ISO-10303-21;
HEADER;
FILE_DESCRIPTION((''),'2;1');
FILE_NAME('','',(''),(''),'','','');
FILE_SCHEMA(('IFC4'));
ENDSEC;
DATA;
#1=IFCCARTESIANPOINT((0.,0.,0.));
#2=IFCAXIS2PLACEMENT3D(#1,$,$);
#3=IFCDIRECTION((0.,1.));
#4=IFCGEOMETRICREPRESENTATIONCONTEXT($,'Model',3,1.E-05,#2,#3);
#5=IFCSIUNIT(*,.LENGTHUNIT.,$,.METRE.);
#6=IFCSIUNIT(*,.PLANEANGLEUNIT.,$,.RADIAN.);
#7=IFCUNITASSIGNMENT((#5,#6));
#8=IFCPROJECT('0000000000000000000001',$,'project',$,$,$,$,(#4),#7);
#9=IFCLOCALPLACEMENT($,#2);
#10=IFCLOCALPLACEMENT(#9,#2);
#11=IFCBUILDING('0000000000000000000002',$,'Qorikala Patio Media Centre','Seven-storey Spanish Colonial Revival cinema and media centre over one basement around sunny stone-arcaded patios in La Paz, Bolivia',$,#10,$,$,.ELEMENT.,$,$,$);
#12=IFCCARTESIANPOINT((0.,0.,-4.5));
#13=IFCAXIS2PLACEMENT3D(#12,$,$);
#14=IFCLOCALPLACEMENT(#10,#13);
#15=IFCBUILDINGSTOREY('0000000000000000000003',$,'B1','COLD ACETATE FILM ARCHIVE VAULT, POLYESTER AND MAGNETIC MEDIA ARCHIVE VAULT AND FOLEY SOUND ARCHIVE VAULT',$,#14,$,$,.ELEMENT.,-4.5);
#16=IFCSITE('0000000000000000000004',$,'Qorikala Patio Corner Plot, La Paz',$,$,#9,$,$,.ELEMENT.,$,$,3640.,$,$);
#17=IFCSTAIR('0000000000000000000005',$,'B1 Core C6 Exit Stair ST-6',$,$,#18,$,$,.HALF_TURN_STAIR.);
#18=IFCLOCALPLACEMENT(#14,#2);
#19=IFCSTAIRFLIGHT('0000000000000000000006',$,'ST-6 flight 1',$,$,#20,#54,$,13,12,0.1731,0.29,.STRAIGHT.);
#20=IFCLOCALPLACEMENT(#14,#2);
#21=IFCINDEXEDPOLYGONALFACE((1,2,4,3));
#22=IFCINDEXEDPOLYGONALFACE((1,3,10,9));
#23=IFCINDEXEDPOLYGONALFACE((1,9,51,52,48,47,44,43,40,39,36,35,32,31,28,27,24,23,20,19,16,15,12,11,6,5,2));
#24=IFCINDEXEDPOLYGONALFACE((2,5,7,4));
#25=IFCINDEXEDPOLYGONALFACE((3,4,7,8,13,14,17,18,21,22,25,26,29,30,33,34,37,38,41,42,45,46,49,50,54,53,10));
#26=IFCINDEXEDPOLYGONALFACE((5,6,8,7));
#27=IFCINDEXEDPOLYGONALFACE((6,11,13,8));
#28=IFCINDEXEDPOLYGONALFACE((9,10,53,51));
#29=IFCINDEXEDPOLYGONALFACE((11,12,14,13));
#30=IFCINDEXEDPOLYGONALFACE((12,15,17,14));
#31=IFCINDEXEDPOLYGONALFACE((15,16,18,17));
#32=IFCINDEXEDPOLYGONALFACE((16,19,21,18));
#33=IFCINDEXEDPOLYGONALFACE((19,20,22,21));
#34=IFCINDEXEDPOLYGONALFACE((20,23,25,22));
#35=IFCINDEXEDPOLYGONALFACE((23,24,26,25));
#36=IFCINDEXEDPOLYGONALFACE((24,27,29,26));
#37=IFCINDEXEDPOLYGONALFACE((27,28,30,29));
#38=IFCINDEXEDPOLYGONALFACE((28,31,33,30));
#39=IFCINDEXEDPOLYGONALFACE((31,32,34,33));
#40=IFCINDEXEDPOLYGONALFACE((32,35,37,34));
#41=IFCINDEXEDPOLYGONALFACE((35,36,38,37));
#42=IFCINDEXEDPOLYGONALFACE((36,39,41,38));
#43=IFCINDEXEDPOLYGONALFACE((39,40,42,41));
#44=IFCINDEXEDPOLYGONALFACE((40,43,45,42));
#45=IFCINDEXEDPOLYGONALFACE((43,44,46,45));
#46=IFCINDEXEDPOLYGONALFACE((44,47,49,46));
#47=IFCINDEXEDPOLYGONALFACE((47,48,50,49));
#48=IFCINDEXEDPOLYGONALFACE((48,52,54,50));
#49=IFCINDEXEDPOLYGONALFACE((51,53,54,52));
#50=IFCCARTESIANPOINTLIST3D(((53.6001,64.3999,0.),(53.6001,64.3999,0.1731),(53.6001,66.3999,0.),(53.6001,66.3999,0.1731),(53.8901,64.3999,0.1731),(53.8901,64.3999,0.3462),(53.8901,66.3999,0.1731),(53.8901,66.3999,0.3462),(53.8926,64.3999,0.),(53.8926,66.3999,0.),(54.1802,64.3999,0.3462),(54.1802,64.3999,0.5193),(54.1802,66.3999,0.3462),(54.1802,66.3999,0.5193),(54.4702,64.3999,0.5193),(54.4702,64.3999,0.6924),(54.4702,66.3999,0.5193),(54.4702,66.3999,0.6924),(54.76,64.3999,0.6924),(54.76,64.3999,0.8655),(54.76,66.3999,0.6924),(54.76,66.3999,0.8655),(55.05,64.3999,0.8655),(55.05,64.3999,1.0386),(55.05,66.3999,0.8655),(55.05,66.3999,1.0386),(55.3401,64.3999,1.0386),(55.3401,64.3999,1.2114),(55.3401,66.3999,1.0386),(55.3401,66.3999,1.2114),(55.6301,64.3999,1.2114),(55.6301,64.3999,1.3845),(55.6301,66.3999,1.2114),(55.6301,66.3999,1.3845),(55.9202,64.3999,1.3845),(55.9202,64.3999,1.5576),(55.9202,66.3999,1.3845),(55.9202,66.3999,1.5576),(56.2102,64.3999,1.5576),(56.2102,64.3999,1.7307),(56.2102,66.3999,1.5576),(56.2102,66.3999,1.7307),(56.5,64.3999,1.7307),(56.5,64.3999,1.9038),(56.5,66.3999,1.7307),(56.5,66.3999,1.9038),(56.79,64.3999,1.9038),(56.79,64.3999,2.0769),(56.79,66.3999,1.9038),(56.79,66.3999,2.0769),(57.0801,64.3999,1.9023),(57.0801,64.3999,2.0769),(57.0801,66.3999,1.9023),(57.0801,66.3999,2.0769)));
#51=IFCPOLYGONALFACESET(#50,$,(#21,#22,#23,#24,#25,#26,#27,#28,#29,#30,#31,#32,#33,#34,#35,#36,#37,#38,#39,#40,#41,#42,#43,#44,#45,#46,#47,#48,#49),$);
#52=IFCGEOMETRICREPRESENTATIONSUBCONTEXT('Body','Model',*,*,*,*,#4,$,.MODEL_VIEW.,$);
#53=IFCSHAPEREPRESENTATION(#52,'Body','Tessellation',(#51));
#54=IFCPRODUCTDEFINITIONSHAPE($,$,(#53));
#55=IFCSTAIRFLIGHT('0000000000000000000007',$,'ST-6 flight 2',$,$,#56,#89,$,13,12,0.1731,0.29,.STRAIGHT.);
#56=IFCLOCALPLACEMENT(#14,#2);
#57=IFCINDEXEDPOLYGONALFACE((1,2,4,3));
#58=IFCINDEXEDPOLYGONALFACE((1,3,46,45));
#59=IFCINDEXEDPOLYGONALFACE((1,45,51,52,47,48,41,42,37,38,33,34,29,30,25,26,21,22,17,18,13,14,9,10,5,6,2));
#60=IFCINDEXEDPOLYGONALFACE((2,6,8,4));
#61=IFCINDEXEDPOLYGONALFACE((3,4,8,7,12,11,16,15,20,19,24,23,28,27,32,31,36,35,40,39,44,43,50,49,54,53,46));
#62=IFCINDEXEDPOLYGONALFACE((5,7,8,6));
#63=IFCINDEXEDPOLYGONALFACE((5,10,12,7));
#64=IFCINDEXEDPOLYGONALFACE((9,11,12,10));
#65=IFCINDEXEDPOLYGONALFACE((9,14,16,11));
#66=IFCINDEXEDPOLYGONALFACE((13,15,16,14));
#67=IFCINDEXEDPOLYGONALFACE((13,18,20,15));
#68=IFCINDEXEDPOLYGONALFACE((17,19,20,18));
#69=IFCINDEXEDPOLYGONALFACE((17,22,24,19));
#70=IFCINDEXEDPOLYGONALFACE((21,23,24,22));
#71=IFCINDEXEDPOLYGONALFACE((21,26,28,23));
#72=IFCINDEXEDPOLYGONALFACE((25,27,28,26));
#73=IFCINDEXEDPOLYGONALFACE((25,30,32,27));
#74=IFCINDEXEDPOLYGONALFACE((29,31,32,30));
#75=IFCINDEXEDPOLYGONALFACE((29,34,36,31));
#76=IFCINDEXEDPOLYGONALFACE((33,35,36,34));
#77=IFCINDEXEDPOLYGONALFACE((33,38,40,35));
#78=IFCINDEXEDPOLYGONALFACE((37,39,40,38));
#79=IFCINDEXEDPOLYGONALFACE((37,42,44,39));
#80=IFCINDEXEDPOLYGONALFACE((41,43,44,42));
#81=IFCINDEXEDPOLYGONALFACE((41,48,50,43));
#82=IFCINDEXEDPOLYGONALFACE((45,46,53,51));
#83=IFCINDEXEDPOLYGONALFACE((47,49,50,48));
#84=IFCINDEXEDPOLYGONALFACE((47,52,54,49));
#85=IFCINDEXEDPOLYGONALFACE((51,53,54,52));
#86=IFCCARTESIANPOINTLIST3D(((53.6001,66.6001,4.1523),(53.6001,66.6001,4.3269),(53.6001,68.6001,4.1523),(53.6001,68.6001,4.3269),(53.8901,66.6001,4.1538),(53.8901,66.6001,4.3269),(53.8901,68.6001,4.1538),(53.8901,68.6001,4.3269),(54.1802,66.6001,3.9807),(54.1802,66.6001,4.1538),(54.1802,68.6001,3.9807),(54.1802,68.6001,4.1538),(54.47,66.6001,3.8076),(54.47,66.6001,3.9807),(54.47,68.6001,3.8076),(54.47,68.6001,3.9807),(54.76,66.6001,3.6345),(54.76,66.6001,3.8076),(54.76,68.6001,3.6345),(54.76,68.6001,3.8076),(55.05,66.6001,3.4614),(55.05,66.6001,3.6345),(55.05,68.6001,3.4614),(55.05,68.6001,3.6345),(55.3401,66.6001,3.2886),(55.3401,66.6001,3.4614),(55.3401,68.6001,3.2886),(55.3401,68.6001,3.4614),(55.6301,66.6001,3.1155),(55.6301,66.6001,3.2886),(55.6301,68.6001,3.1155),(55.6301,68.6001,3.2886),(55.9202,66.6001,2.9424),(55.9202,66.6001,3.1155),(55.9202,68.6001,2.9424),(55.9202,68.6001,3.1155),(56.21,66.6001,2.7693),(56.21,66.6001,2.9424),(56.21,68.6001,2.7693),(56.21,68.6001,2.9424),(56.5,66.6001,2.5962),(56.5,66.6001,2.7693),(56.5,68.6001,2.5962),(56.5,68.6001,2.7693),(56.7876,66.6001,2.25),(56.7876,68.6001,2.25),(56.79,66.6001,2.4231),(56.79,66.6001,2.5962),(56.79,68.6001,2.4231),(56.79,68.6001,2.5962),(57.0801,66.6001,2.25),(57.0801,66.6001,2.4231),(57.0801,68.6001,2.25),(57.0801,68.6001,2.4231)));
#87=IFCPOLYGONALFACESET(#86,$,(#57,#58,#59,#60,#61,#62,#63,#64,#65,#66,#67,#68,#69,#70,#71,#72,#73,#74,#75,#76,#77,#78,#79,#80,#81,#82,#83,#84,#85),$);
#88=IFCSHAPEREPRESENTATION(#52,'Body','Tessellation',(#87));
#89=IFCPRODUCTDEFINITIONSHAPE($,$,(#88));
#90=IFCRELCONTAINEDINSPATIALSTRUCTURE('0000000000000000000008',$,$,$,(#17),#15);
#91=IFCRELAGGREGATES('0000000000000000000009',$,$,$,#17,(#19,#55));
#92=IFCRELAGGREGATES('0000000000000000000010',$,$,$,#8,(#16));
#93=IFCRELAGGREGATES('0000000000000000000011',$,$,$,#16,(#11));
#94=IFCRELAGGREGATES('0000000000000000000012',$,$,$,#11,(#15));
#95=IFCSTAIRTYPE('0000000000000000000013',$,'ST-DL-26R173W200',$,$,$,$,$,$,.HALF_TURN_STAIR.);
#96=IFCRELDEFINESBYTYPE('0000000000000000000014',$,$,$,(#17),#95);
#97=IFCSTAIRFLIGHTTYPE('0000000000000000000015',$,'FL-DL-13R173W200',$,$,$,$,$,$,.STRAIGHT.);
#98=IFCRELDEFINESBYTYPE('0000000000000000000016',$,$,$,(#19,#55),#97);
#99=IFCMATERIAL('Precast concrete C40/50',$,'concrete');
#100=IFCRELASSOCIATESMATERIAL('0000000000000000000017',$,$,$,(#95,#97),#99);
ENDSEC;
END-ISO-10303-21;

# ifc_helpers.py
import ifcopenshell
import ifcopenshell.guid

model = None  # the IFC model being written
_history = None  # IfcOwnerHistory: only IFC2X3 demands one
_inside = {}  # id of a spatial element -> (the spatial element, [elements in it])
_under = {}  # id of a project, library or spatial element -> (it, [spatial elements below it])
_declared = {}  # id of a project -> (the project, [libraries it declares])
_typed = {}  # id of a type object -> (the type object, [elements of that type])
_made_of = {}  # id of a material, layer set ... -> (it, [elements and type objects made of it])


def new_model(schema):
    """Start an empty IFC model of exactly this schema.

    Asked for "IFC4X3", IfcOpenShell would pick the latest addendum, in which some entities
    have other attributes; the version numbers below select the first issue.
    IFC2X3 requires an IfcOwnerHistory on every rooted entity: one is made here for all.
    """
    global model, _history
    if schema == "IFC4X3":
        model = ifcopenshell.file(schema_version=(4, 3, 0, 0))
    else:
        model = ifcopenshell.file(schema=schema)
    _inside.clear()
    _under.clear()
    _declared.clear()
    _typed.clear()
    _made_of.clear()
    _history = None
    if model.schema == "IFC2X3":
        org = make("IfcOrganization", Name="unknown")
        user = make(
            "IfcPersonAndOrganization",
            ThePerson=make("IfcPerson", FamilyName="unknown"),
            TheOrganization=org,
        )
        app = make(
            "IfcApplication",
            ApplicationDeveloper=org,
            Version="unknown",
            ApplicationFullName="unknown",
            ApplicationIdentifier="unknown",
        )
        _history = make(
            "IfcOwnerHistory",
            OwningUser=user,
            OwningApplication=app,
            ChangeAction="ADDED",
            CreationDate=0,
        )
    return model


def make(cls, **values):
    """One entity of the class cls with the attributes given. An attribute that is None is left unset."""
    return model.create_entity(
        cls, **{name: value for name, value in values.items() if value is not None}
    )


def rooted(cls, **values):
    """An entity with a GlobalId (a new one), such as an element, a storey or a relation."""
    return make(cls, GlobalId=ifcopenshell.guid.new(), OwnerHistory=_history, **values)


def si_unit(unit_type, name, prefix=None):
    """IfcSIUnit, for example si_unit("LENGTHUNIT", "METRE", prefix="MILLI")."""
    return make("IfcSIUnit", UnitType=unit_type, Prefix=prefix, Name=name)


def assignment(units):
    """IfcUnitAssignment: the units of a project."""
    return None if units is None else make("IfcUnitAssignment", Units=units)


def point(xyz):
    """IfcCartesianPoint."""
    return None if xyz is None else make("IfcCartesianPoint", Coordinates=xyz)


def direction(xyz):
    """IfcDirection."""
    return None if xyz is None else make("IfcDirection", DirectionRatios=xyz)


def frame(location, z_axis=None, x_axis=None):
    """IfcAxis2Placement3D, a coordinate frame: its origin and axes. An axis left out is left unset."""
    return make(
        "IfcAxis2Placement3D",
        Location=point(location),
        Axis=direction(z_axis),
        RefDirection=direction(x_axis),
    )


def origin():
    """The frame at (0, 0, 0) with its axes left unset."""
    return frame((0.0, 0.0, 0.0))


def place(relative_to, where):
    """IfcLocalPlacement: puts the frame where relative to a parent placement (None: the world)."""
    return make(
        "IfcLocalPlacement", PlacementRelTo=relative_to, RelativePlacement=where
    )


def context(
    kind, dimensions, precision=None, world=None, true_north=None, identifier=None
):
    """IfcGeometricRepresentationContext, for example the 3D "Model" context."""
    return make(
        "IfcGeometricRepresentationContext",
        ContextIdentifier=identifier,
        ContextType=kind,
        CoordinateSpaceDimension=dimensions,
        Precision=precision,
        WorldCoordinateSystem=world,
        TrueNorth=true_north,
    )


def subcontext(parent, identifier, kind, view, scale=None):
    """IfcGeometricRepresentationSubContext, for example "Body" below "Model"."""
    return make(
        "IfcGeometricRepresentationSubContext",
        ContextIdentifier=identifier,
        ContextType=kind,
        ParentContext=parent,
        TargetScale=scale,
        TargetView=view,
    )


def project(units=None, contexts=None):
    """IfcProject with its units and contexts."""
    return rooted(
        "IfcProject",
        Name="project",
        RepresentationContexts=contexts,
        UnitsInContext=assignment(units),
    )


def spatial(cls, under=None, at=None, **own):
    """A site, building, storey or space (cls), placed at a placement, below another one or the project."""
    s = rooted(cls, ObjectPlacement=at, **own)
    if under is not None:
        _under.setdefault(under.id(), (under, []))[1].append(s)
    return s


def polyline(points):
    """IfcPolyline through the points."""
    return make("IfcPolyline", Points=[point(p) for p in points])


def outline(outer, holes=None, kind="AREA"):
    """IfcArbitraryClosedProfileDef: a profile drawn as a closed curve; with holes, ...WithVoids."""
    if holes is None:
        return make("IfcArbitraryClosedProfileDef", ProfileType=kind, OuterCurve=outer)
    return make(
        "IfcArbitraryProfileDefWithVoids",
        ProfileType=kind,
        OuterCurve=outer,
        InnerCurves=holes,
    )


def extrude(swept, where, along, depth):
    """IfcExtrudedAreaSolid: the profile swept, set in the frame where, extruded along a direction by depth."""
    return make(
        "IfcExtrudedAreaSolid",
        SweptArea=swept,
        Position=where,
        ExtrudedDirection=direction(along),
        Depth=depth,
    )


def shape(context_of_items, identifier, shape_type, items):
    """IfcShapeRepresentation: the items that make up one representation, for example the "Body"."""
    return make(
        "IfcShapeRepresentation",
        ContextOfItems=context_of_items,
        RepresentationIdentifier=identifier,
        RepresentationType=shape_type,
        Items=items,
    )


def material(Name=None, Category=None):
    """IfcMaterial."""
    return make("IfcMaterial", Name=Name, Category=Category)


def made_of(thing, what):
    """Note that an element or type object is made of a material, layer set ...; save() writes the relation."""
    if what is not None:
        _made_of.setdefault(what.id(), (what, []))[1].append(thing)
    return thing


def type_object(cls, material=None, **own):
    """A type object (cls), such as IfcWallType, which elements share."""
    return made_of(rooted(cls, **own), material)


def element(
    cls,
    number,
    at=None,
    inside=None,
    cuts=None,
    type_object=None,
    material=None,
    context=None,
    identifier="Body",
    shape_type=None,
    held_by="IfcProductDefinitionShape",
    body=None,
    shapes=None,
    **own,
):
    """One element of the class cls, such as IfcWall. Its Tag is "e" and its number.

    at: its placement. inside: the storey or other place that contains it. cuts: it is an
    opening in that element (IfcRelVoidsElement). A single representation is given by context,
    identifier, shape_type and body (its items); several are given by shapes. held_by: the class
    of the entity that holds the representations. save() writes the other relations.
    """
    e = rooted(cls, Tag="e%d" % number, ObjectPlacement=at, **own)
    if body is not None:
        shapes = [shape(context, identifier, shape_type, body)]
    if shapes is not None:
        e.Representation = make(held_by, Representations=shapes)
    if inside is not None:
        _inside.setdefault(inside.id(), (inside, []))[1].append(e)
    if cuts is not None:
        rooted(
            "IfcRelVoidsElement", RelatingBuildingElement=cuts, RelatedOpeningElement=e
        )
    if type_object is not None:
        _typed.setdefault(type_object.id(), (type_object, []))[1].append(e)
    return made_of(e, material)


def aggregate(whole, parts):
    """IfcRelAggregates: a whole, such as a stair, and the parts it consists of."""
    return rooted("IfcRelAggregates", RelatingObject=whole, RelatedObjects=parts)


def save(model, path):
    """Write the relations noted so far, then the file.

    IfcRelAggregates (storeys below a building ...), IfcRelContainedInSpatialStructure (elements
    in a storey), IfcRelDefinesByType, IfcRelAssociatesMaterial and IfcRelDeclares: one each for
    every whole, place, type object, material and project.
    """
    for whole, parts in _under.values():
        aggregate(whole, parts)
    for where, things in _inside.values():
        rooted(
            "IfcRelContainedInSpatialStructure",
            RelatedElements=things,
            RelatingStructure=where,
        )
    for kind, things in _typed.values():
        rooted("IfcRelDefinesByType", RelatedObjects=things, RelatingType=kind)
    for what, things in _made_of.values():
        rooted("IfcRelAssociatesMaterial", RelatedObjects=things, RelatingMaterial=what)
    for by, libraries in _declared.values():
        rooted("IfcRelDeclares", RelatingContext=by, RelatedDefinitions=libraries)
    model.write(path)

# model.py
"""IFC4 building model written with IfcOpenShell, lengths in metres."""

from ifc_helpers import new_model, si_unit, direction, frame, origin, place, context, subcontext, project, spatial, polyline, outline, extrude, material, type_object, element, aggregate, save


model = new_model("IFC4")

# Units and contexts
model_context = context("Model", 3, precision=1e-05, world=origin(), true_north=direction((0.0, 1.0)))
body_context = subcontext(model_context, "Body", "Model", "MODEL_VIEW")
ifc_project = project(units=[si_unit("LENGTHUNIT", "METRE"), si_unit("PLANEANGLEUNIT", "RADIAN")], contexts=[model_context])

# Site, building, storey
site_placement = place(None, origin())
site = spatial("IfcSite", under=ifc_project, at=site_placement, Name="Qorikala Patio Corner Plot, La Paz", CompositionType="ELEMENT", RefElevation=3640.0)
building_placement = place(site_placement, origin())
building = spatial("IfcBuilding", under=site, at=building_placement, Name="Qorikala Patio Media Centre", Description="Seven-storey Spanish Colonial Revival cinema and media centre over one basement around sunny stone-arcaded patios in La Paz, Bolivia", CompositionType="ELEMENT")
storey_placement = place(building_placement, frame((0.0, 0.0, -4.5)))
storey = spatial("IfcBuildingStorey", under=building, at=storey_placement, Name="B1", Description="COLD ACETATE FILM ARCHIVE VAULT, POLYESTER AND MAGNETIC MEDIA ARCHIVE VAULT AND FOLEY SOUND ARCHIVE VAULT", CompositionType="ELEMENT", Elevation=-4.5)

# Stair, stair flights
ifc_material_1 = material(Name="Precast concrete C40/50", Category="concrete")
stair_type = type_object("IfcStairType", Name="ST-DL-26R173W200", PredefinedType="HALF_TURN_STAIR", material=ifc_material_1)
stair_placement = place(storey_placement, origin())
stair = element("IfcStair", 1, at=stair_placement, inside=storey, type_object=stair_type, Name="B1 Core C6 Exit Stair ST-6", PredefinedType="HALF_TURN_STAIR")
stair_flight_type = type_object("IfcStairFlightType", Name="FL-DL-13R173W200", PredefinedType="STRAIGHT", material=ifc_material_1)
stair_flight_1_placement = place(storey_placement, frame((53.6001, 65.3999, 0.0), z_axis=(0.0, 0.0, 1.0), x_axis=(1.0, 0.0, 0.0)))
stair_flight_1 = element("IfcStairFlight", 2, at=stair_flight_1_placement, type_object=stair_flight_type, Name="ST-6 flight 1", NumberOfRisers=13, NumberOfTreads=12, PredefinedType="STRAIGHT", RiserHeight=0.1731, TreadLength=0.29, context=body_context, shape_type="SweptSolid", body=[
    extrude(outline(polyline([(0.0, 0.0), (0.0, 0.1731), (0.29, 0.1731), (0.29, 0.3462), (0.5801, 0.3462), (0.5801, 0.5193), (0.8701, 0.5193), (0.8701, 0.6924), (1.1599, 0.6924), (1.1599, 0.8655), (1.45, 0.8655), (1.45, 1.0386), (1.74, 1.0386), (1.74, 1.2114), (2.03, 1.2114), (2.03, 1.3845), (2.3201, 1.3845), (2.3201, 1.5576), (2.6101, 1.5576), (2.6101, 1.7307), (2.8999, 1.7307), (2.8999, 1.9038), (3.1899, 1.9038), (3.1899, 2.0769), (3.48, 2.0769), (3.48, 2.25), (3.48, 1.9023), (0.2925, 0.0), (0.0, 0.0)])), frame((0.0, 1.0, 0.0), z_axis=(0.0, -1.0, 0.0), x_axis=(1.0, 0.0, 0.0)), (0.0, 0.0, 1.0), 2.0),
])
stair_flight_2_placement = place(storey_placement, frame((57.0801, 67.6001, 2.25), z_axis=(0.0, 0.0, 1.0), x_axis=(-1.0, 0.0, 0.0)))
stair_flight_2 = element("IfcStairFlight", 3, at=stair_flight_2_placement, type_object=stair_flight_type, Name="ST-6 flight 2", NumberOfRisers=13, NumberOfTreads=12, PredefinedType="STRAIGHT", RiserHeight=0.1731, TreadLength=0.29, context=body_context, shape_type="SweptSolid", body=[
    extrude(outline(polyline([(0.0, 0.0), (0.0, 0.1731), (0.29, 0.1731), (0.29, 0.3462), (0.5801, 0.3462), (0.5801, 0.5193), (0.8701, 0.5193), (0.8701, 0.6924), (1.1599, 0.6924), (1.1599, 0.8655), (1.45, 0.8655), (1.45, 1.0386), (1.74, 1.0386), (1.74, 1.2114), (2.03, 1.2114), (2.03, 1.3845), (2.3201, 1.3845), (2.3201, 1.5576), (2.6101, 1.5576), (2.6101, 1.7307), (2.8999, 1.7307), (2.8999, 1.9038), (3.1899, 1.9038), (3.1899, 2.0769), (3.48, 2.0769), (3.48, 2.25), (3.48, 1.9023), (0.2925, 0.0), (0.0, 0.0)])), frame((0.0, 1.0, 0.0), z_axis=(0.0, -1.0, 0.0), x_axis=(1.0, 0.0, 0.0)), (0.0, 0.0, 1.0), 2.0),
])
aggregate(stair, [stair_flight_1, stair_flight_2])

save(model, "model.ifc")
